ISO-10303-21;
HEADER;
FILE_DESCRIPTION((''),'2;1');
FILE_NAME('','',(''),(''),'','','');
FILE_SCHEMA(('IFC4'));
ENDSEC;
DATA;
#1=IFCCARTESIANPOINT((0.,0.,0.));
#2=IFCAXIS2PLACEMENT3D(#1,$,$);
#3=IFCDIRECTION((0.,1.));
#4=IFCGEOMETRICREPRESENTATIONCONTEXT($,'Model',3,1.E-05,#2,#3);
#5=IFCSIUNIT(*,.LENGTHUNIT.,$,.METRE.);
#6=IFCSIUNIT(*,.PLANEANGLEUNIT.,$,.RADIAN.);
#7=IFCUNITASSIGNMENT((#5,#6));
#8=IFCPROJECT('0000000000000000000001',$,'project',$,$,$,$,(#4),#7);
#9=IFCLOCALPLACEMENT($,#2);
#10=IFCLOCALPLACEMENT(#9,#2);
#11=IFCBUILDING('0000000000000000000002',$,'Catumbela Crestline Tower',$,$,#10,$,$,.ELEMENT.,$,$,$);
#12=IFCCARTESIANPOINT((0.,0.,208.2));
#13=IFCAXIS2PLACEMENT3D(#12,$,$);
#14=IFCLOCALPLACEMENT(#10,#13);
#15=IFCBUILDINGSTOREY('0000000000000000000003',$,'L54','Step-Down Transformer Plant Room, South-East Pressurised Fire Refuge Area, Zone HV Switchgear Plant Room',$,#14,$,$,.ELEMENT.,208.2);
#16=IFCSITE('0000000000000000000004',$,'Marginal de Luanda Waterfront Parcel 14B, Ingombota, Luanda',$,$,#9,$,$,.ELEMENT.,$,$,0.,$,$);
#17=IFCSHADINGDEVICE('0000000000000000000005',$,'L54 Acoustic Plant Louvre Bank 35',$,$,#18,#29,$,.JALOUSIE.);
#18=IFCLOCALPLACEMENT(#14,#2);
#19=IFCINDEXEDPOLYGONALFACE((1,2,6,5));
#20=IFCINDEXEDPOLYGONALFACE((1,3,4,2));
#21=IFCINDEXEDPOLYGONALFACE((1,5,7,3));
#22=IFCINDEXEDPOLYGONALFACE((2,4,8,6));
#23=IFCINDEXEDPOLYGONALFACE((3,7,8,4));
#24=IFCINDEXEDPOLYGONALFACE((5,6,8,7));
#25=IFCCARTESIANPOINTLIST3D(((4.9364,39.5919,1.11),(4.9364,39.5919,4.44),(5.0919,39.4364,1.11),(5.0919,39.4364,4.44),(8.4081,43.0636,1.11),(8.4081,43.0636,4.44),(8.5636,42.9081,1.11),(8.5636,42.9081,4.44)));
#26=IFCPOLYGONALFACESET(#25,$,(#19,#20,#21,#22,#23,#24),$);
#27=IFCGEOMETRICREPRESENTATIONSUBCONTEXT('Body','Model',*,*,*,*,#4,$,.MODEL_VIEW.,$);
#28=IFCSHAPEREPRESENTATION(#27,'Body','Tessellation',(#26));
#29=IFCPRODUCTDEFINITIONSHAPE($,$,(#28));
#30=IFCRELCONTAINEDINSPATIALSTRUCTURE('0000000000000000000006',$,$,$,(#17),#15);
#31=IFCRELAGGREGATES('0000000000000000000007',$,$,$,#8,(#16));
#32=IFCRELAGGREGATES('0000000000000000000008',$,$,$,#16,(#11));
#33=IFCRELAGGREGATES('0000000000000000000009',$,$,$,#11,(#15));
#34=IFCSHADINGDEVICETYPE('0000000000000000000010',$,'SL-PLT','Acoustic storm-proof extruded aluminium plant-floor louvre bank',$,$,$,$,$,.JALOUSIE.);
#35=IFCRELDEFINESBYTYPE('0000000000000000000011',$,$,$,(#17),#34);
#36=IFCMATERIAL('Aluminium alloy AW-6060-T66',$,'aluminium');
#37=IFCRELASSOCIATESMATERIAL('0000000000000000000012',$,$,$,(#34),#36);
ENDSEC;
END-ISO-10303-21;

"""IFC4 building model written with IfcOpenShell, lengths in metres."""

from ifc_helpers import new_model, si_unit, direction, frame, origin, origin_2d, place, context, subcontext, project, spatial, rectangle, extrude, material, type_object, element, save


model = new_model("IFC4")

# Units and contexts
model_context = context("Model", 3, precision=1e-05, world=origin(), true_north=direction((0.0, 1.0)))
body_context = subcontext(model_context, "Body", "Model", "MODEL_VIEW")
ifc_project = project(units=[si_unit("LENGTHUNIT", "METRE"), si_unit("PLANEANGLEUNIT", "RADIAN")], contexts=[model_context])

# Site, building, storey
site_placement = place(None, origin())
site = spatial("IfcSite", under=ifc_project, at=site_placement, Name="Marginal de Luanda Waterfront Parcel 14B, Ingombota, Luanda", CompositionType="ELEMENT", RefElevation=0.0)
building_placement = place(site_placement, origin())
building = spatial("IfcBuilding", under=site, at=building_placement, Name="Catumbela Crestline Tower", CompositionType="ELEMENT")
storey_placement = place(building_placement, frame((0.0, 0.0, 208.2)))
storey = spatial("IfcBuildingStorey", under=building, at=storey_placement, Name="L54", Description="Step-Down Transformer Plant Room, South-East Pressurised Fire Refuge Area, Zone HV Switchgear Plant Room", CompositionType="ELEMENT", Elevation=208.2)

# Shading device
ifc_material_1 = material(Name="Aluminium alloy AW-6060-T66", Category="aluminium")
shading_device_type = type_object("IfcShadingDeviceType", Name="SL-PLT", Description="Acoustic storm-proof extruded aluminium plant-floor louvre bank", PredefinedType="JALOUSIE", material=ifc_material_1)
shading_device_1_placement = place(storey_placement, frame((6.75, 41.25, 1.11), z_axis=(0.0, 0.0, 1.0), x_axis=(-0.707107, -0.707107, 0.0)))
element("IfcShadingDevice", 1, at=shading_device_1_placement, inside=storey, type_object=shading_device_type, Name="L54 Acoustic Plant Louvre Bank 35", PredefinedType="JALOUSIE", context=body_context, shape_type="SweptSolid", body=[
    extrude(rectangle(XDim=4.9097, YDim=0.22, at=origin_2d()), origin(), (0.0, 0.0, 1.0), 3.33),
])

save(model, "model.ifc")
